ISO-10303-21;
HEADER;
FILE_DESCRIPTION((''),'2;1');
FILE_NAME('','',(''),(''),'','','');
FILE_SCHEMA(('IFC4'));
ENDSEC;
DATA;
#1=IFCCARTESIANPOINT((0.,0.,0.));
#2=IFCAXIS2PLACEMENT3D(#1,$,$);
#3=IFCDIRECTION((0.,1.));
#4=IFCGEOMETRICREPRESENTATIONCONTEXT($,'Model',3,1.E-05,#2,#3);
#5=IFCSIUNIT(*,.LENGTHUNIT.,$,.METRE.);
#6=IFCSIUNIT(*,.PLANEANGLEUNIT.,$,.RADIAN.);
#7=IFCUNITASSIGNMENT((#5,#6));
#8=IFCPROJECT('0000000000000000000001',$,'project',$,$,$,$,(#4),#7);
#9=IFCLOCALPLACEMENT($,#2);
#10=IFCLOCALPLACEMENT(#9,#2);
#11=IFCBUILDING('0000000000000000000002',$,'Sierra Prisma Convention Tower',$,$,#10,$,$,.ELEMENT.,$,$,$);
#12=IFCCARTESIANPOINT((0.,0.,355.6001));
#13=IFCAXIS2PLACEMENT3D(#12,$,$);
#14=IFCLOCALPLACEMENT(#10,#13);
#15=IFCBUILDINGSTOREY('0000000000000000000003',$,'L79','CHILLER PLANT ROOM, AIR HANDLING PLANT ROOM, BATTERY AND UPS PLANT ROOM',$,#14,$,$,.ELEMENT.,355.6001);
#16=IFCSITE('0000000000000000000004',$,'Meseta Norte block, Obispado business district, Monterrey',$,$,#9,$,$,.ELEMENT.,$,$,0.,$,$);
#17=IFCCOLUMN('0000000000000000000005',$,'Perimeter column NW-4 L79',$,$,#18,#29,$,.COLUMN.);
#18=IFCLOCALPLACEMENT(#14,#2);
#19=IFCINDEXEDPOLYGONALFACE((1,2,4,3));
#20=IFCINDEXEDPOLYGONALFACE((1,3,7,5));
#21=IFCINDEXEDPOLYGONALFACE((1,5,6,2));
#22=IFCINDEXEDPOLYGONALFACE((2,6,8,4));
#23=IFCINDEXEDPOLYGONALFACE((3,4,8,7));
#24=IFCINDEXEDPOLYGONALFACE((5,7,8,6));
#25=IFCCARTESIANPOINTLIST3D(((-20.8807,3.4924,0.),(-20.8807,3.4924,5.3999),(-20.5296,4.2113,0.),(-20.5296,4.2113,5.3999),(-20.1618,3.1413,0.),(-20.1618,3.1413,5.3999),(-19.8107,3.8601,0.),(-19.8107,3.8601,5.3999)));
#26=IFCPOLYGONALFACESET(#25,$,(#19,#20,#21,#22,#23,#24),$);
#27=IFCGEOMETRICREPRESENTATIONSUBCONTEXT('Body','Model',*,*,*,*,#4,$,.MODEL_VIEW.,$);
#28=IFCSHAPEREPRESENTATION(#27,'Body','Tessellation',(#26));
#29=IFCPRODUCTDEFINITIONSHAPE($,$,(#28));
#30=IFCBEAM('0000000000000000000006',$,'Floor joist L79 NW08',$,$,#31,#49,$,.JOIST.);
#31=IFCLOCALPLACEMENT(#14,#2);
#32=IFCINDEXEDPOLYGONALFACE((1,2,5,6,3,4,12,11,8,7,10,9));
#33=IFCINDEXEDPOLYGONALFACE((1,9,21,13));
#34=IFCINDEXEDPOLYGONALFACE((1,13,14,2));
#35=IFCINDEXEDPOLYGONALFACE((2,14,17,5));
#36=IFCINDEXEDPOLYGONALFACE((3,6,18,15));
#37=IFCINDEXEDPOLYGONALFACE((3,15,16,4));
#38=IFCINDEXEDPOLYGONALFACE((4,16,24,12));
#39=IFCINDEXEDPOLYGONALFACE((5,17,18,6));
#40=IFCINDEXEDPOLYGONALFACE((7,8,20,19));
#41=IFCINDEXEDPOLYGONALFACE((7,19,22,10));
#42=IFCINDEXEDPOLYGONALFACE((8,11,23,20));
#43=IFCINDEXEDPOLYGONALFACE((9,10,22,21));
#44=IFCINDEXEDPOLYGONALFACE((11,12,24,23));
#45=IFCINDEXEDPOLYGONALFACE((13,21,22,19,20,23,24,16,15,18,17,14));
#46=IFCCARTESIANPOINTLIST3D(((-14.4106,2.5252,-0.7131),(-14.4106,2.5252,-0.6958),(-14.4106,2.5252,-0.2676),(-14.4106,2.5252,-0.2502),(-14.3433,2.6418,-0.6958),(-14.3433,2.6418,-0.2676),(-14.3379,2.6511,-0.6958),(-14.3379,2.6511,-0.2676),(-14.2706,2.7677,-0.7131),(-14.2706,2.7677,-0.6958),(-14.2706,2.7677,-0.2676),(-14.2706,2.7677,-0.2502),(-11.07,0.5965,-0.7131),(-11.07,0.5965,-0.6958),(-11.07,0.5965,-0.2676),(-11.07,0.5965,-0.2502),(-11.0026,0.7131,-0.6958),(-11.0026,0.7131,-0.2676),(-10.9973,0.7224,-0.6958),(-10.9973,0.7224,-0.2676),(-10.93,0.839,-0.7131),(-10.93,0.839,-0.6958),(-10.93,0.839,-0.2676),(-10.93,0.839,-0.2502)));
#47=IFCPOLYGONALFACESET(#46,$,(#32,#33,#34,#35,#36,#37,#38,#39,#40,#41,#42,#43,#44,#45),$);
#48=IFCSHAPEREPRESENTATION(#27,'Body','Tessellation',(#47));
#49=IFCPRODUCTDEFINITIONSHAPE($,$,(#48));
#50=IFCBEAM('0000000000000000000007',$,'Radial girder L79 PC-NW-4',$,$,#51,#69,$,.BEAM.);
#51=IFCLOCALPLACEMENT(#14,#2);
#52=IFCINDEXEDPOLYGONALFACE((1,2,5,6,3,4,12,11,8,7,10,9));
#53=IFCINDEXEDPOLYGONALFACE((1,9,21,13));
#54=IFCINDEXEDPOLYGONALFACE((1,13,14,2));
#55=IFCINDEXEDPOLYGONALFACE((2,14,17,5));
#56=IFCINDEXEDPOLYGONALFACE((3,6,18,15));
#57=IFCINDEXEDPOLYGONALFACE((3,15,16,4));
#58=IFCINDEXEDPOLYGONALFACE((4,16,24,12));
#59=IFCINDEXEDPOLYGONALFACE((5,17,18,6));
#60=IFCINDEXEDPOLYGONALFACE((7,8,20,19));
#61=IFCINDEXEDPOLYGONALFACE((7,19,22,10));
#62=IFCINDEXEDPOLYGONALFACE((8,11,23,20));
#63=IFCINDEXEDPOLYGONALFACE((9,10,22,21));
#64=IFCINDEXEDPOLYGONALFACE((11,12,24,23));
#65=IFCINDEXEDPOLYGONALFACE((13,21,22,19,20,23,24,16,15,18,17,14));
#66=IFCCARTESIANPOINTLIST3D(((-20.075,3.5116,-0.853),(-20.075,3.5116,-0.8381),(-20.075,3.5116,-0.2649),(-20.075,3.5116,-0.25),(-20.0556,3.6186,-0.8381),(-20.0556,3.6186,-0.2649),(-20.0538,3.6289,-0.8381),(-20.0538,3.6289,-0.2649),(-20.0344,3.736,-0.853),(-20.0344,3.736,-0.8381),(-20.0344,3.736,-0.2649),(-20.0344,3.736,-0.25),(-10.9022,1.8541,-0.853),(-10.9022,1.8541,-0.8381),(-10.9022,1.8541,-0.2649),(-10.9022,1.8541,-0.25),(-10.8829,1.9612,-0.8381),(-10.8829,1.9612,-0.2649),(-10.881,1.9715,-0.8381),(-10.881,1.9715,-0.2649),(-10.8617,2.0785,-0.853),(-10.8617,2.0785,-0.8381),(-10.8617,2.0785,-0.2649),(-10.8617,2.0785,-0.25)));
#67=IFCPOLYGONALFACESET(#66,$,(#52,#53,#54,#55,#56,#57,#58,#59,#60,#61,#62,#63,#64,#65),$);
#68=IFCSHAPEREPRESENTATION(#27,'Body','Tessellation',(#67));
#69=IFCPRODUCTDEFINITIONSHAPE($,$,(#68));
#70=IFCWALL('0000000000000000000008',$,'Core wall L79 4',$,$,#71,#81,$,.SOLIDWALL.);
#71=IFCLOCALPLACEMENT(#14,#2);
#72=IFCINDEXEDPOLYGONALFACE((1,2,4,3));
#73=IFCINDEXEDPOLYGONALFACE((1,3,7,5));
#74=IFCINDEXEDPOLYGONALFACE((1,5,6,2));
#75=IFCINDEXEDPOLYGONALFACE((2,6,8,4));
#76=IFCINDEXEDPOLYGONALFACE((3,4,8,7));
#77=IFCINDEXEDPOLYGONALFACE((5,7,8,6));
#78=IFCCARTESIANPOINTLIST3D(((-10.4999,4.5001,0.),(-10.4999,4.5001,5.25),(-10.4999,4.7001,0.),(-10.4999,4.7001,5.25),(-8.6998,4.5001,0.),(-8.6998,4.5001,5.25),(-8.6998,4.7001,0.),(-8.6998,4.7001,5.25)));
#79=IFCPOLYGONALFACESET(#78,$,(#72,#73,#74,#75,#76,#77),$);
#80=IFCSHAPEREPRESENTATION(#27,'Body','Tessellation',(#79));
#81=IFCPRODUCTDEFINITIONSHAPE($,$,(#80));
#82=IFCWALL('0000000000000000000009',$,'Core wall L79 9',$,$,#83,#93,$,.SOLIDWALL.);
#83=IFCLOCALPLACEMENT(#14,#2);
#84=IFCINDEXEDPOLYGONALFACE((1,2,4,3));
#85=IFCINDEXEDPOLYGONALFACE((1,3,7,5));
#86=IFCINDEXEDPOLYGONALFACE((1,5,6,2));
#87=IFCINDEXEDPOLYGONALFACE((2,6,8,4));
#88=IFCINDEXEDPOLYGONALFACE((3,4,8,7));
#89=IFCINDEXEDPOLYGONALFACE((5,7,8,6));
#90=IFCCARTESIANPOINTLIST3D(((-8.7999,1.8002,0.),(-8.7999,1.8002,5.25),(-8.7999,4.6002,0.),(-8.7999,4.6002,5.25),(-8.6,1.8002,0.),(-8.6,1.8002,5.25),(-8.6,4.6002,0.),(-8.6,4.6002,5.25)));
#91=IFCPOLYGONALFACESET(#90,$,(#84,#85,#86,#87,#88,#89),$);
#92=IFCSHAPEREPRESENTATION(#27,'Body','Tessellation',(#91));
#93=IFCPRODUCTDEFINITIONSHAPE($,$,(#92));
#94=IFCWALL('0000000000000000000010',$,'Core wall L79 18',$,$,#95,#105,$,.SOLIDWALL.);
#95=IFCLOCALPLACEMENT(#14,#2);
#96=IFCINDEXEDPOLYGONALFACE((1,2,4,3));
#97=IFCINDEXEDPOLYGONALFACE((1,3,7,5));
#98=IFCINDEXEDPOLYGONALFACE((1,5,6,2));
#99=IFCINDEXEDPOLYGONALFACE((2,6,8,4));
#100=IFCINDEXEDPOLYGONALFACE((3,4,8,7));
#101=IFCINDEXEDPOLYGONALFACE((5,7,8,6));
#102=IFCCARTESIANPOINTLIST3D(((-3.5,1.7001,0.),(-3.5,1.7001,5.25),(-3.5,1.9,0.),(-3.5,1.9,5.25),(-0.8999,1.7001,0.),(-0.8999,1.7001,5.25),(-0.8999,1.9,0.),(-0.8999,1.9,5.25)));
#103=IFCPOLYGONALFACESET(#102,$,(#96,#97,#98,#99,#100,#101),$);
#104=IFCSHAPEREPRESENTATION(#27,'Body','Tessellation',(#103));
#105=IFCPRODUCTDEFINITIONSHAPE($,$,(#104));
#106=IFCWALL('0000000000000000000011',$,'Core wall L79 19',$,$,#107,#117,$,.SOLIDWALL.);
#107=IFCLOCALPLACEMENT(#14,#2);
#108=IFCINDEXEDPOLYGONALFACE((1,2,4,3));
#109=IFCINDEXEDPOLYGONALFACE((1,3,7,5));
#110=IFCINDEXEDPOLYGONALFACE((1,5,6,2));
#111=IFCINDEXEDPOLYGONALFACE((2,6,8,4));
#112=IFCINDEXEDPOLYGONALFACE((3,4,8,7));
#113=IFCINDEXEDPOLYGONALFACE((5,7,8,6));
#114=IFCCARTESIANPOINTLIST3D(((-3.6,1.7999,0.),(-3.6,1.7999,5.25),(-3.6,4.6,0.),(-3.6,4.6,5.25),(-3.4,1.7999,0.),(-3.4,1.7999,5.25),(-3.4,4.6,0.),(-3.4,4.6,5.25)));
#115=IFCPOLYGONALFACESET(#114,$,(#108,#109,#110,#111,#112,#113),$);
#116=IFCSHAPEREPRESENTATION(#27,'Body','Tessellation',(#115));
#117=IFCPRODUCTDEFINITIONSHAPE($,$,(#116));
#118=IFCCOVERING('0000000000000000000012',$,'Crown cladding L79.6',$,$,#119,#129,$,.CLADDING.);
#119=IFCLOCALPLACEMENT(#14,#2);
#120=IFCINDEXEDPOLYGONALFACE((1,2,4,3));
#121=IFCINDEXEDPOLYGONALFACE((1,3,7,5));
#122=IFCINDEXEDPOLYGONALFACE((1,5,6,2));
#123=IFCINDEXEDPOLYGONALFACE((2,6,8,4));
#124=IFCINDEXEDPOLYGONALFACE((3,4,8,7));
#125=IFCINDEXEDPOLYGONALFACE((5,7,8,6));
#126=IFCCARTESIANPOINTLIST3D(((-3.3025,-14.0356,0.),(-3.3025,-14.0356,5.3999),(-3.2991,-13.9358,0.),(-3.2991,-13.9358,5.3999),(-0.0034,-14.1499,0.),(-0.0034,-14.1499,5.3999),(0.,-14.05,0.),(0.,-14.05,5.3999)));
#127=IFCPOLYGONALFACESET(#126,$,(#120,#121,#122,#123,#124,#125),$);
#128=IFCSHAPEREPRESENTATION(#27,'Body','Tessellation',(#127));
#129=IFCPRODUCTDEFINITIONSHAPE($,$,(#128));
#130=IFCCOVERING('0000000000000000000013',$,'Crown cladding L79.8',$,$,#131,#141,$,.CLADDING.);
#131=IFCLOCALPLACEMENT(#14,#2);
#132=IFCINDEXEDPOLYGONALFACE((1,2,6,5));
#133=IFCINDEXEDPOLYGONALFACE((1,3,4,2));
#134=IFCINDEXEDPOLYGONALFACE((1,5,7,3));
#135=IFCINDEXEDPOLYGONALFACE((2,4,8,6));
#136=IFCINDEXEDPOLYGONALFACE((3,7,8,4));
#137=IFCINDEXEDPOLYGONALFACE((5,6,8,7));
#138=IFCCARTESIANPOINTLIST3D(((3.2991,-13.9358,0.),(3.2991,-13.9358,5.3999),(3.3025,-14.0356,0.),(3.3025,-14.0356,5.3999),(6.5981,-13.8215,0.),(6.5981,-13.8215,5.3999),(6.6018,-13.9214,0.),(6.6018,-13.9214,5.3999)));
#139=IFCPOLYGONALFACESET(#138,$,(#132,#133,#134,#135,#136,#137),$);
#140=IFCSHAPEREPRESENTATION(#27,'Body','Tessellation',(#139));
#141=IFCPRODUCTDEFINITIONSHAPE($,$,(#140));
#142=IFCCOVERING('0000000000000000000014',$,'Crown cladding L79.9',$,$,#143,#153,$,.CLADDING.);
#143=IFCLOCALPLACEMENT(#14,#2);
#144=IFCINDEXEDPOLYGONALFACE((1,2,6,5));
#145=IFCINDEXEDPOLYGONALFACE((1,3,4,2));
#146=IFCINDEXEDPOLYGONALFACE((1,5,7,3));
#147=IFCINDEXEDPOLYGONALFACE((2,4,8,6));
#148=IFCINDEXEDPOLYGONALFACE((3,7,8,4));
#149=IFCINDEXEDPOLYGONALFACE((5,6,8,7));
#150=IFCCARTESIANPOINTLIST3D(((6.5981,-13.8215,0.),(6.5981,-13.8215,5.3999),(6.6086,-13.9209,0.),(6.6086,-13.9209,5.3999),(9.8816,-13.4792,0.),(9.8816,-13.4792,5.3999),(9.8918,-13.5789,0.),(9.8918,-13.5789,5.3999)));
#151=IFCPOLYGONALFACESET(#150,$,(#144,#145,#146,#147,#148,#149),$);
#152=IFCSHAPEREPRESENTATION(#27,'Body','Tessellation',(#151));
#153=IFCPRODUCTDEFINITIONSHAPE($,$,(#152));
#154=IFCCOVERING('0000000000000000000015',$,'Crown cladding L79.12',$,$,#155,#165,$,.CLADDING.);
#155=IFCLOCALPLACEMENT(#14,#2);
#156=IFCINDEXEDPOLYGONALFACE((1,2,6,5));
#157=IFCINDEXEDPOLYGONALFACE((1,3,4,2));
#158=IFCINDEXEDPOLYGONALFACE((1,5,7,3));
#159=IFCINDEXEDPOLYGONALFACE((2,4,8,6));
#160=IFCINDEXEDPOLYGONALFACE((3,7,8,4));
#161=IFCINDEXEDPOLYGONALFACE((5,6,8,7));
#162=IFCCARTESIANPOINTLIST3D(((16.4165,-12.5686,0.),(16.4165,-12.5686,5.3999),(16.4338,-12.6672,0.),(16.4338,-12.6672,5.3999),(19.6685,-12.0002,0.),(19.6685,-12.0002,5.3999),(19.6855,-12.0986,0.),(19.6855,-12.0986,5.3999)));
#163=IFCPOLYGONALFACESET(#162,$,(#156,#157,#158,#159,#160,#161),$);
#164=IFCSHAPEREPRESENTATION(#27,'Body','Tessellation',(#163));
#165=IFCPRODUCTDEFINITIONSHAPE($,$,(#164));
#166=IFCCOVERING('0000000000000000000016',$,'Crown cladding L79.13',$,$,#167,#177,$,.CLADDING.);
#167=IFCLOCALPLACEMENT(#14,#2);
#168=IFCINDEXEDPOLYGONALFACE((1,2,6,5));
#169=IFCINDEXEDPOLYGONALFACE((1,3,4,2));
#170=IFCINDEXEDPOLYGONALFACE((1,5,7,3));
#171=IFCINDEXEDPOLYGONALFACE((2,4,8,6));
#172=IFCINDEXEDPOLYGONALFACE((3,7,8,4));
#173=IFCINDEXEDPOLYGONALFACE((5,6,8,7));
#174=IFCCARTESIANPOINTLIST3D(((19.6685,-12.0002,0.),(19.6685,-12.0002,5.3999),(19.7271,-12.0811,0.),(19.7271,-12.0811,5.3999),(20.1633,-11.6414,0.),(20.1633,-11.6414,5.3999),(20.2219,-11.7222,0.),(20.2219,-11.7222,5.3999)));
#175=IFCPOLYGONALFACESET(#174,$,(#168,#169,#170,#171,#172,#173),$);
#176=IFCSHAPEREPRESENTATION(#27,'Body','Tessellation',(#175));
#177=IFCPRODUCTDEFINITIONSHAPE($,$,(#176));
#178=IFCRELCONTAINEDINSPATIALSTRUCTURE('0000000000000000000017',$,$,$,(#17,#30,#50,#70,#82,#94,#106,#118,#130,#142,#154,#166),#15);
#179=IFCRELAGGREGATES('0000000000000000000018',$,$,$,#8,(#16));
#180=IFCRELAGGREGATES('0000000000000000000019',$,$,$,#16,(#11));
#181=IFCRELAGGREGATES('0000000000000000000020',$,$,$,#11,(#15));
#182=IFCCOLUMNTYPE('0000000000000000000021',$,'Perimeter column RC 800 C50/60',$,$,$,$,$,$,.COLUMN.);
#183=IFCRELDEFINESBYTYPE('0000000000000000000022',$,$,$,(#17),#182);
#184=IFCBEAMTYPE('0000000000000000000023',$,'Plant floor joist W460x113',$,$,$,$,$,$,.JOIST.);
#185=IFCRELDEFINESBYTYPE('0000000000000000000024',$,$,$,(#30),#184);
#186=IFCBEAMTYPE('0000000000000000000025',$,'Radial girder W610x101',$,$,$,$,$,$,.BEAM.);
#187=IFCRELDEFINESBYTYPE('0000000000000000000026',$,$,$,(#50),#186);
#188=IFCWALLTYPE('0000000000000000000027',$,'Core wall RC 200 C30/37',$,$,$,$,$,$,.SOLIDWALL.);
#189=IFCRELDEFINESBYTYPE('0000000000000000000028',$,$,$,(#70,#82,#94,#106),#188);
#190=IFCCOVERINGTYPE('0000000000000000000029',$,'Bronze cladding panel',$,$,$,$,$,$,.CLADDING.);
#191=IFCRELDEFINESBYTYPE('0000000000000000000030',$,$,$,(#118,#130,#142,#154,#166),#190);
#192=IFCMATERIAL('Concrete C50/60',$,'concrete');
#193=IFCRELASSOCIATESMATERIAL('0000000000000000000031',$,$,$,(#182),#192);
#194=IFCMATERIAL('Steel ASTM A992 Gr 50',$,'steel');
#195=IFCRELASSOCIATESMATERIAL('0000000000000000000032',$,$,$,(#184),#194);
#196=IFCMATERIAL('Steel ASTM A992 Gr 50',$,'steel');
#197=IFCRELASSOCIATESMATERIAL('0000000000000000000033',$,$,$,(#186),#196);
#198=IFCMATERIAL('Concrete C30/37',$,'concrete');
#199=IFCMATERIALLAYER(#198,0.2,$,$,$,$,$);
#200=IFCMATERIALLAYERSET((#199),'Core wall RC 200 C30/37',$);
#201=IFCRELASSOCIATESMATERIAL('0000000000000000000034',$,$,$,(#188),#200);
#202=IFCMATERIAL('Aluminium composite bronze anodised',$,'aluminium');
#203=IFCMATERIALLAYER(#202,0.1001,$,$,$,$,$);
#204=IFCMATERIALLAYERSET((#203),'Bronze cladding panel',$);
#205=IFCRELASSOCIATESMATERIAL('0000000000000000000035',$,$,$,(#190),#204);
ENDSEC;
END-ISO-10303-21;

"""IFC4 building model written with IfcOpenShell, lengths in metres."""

from ifc_helpers import new_model, si_unit, direction, frame, frame_2d, origin, origin_2d, place, context, subcontext, project, spatial, polyline, rectangle, i_section, outline, extrude, material, layer, layer_set, material_profile, profile_set, type_object, element, save


model = new_model("IFC4")

# Units and contexts
model_context = context("Model", 3, precision=1e-05, world=origin(), true_north=direction((0.0, 1.0)))
body_context = subcontext(model_context, "Body", "Model", "MODEL_VIEW")
ifc_project = project(units=[si_unit("LENGTHUNIT", "METRE"), si_unit("PLANEANGLEUNIT", "RADIAN")], contexts=[model_context])

# Site, building, storey
site_placement = place(None, origin())
site = spatial("IfcSite", under=ifc_project, at=site_placement, Name="Meseta Norte block, Obispado business district, Monterrey", CompositionType="ELEMENT", RefElevation=0.0)
building_placement = place(site_placement, origin())
building = spatial("IfcBuilding", under=site, at=building_placement, Name="Sierra Prisma Convention Tower", CompositionType="ELEMENT")
storey_placement = place(building_placement, frame((0.0, 0.0, 355.6001)))
storey = spatial("IfcBuildingStorey", under=building, at=storey_placement, Name="L79", Description="CHILLER PLANT ROOM, AIR HANDLING PLANT ROOM, BATTERY AND UPS PLANT ROOM", CompositionType="ELEMENT", Elevation=355.6001)

# Column
ifc_material_1 = material(Name="Concrete C50/60", Category="concrete")
ifc_material_profile_1 = material_profile(ifc_material_1, rectangle(XDim=0.8, YDim=0.8, at=origin_2d()), Name="Perimeter column RC 800 C50/60")
ifc_profile_set_1 = profile_set([ifc_material_profile_1], Name="Concrete C50/60")
column_type = type_object("IfcColumnType", Name="Perimeter column RC 800 C50/60", PredefinedType="COLUMN", material=ifc_profile_set_1)
column_placement = place(storey_placement, frame((-20.3457, 3.6763, 0.0), z_axis=(0.0, 0.0, 1.0), x_axis=(0.438895, 0.898538, 0.0)))
element("IfcColumn", 1, at=column_placement, inside=storey, type_object=column_type, Name="Perimeter column NW-4 L79", PredefinedType="COLUMN", context=body_context, shape_type="SweptSolid", body=[
    extrude(rectangle(XDim=0.8, YDim=0.8, at=origin_2d()), origin(), (0.0, 0.0, 1.0), 5.3999),
])

# Beams
ifc_material_2 = material(Name="Steel ASTM A992 Gr 50", Category="steel")
ifc_material_profile_2 = material_profile(ifc_material_2, i_section(OverallWidth=0.28, OverallDepth=0.4629, WebThickness=0.0107, FlangeThickness=0.0173, at=origin_2d()), Name="W460x113")
ifc_profile_set_2 = profile_set([ifc_material_profile_2], Name="Steel ASTM A992 Gr 50")
beam_type_1 = type_object("IfcBeamType", Name="Plant floor joist W460x113", PredefinedType="JOIST", material=ifc_profile_set_2)
beam_1_placement = place(storey_placement, frame((-14.3406, 2.6465, -0.4817), z_axis=(0.866022, -0.500006, 0.0), x_axis=(0.500006, 0.866022, 0.0)))
element("IfcBeam", 2, at=beam_1_placement, inside=storey, type_object=beam_type_1, Name="Floor joist L79 NW08", PredefinedType="JOIST", context=body_context, shape_type="SweptSolid", body=[
    extrude(i_section(OverallWidth=0.28, OverallDepth=0.4629, WebThickness=0.0107, FlangeThickness=0.0173, at=origin_2d()), origin(), (0.0, 0.0, 1.0), 3.8574),
])
ifc_material_3 = material(Name="Steel ASTM A992 Gr 50", Category="steel")
ifc_material_profile_3 = material_profile(ifc_material_3, i_section(OverallWidth=0.228, OverallDepth=0.603, WebThickness=0.0105, FlangeThickness=0.0149, at=origin_2d()), Name="W610x101")
ifc_profile_set_3 = profile_set([ifc_material_profile_3], Name="Steel ASTM A992 Gr 50")
beam_type_2 = type_object("IfcBeamType", Name="Radial girder W610x101", PredefinedType="BEAM", material=ifc_profile_set_3)
beam_2_placement = place(storey_placement, frame((-20.0547, 3.6238, -0.5515), z_axis=(0.984064, -0.177814, 0.0), x_axis=(0.177814, 0.984064, 0.0)))
element("IfcBeam", 3, at=beam_2_placement, inside=storey, type_object=beam_type_2, Name="Radial girder L79 PC-NW-4", PredefinedType="BEAM", context=body_context, shape_type="SweptSolid", body=[
    extrude(i_section(OverallWidth=0.228, OverallDepth=0.603, WebThickness=0.0105, FlangeThickness=0.0149, at=origin_2d()), origin(), (0.0, 0.0, 1.0), 9.3213),
])

# Shared definitions
ifc_material_4 = material(Name="Concrete C30/37", Category="concrete")
ifc_layer_1 = layer(ifc_material_4, 0.2)
ifc_layer_set_1 = layer_set([ifc_layer_1], Name="Core wall RC 200 C30/37")
wall_type = type_object("IfcWallType", Name="Core wall RC 200 C30/37", PredefinedType="SOLIDWALL", material=ifc_layer_set_1)

# Wall
wall_1_placement = place(storey_placement, frame((-8.7, 4.6001, 0.0), z_axis=(0.0, 0.0, 1.0), x_axis=(-1.0, 0.0, 0.0)))
element("IfcWall", 4, at=wall_1_placement, inside=storey, type_object=wall_type, Name="Core wall L79 4", PredefinedType="SOLIDWALL", context=body_context, shape_type="SweptSolid", body=[
    extrude(rectangle(XDim=1.8, YDim=0.2, at=frame_2d((0.8999, 0.0))), origin(), (0.0, 0.0, 1.0), 5.25),
])

# Walls
wall_2_placement = place(storey_placement, frame((-8.7, 4.6001, 0.0), z_axis=(0.0, 0.0, 1.0), x_axis=(0.0, -1.0, 0.0)))
element("IfcWall", 5, at=wall_2_placement, inside=storey, type_object=wall_type, Name="Core wall L79 9", PredefinedType="SOLIDWALL", context=body_context, shape_type="SweptSolid", body=[
    extrude(rectangle(XDim=2.8, YDim=0.2, at=frame_2d((1.3999, 0.0))), origin(), (0.0, 0.0, 1.0), 5.25),
])
wall_3_placement = place(storey_placement, frame((-0.8999, 1.8, 0.0), z_axis=(0.0, 0.0, 1.0), x_axis=(-1.0, 0.0, 0.0)))
element("IfcWall", 6, at=wall_3_placement, inside=storey, type_object=wall_type, Name="Core wall L79 18", PredefinedType="SOLIDWALL", context=body_context, shape_type="SweptSolid", body=[
    extrude(rectangle(XDim=2.6001, YDim=0.2, at=frame_2d((1.3, 0.0))), origin(), (0.0, 0.0, 1.0), 5.25),
])
wall_4_placement = place(storey_placement, frame((-3.5, 1.8, 0.0), z_axis=(0.0, 0.0, 1.0), x_axis=(0.0, 1.0, 0.0)))
element("IfcWall", 7, at=wall_4_placement, inside=storey, type_object=wall_type, Name="Core wall L79 19", PredefinedType="SOLIDWALL", context=body_context, shape_type="SweptSolid", body=[
    extrude(rectangle(XDim=2.8, YDim=0.2, at=frame_2d((1.3999, 0.0))), origin(), (0.0, 0.0, 1.0), 5.25),
])

# Coverings
ifc_material_5 = material(Name="Aluminium composite bronze anodised", Category="aluminium")
ifc_layer_2 = layer(ifc_material_5, 0.1001)
ifc_layer_set_2 = layer_set([ifc_layer_2], Name="Bronze cladding panel")
covering_type = type_object("IfcCoveringType", Name="Bronze cladding panel", PredefinedType="CLADDING", material=ifc_layer_set_2)
covering_1_placement = place(storey_placement, origin())
element("IfcCovering", 8, at=covering_1_placement, inside=storey, type_object=covering_type, Name="Crown cladding L79.6", PredefinedType="CLADDING", context=body_context, shape_type="SweptSolid", body=[
    extrude(outline(polyline([(-3.2991, -13.9358), (0.0, -14.05), (-0.0034, -14.1499), (-3.3025, -14.0356), (-3.2991, -13.9358)])), origin(), (0.0, 0.0, 1.0), 5.3999),
])
covering_2_placement = place(storey_placement, origin())
element("IfcCovering", 9, at=covering_2_placement, inside=storey, type_object=covering_type, Name="Crown cladding L79.8", PredefinedType="CLADDING", context=body_context, shape_type="SweptSolid", body=[
    extrude(outline(polyline([(3.2991, -13.9358), (6.5981, -13.8215), (6.6018, -13.9214), (3.3025, -14.0356), (3.2991, -13.9358)])), origin(), (0.0, 0.0, 1.0), 5.3999),
])
covering_3_placement = place(storey_placement, origin())
element("IfcCovering", 10, at=covering_3_placement, inside=storey, type_object=covering_type, Name="Crown cladding L79.9", PredefinedType="CLADDING", context=body_context, shape_type="SweptSolid", body=[
    extrude(outline(polyline([(6.5981, -13.8215), (9.8816, -13.4792), (9.8918, -13.5789), (6.6086, -13.9209), (6.5981, -13.8215)])), origin(), (0.0, 0.0, 1.0), 5.3999),
])
covering_4_placement = place(storey_placement, origin())
element("IfcCovering", 11, at=covering_4_placement, inside=storey, type_object=covering_type, Name="Crown cladding L79.12", PredefinedType="CLADDING", context=body_context, shape_type="SweptSolid", body=[
    extrude(outline(polyline([(16.4165, -12.5686), (19.6685, -12.0002), (19.6855, -12.0986), (16.4338, -12.6672), (16.4165, -12.5686)])), origin(), (0.0, 0.0, 1.0), 5.3999),
])
covering_5_placement = place(storey_placement, origin())
element("IfcCovering", 12, at=covering_5_placement, inside=storey, type_object=covering_type, Name="Crown cladding L79.13", PredefinedType="CLADDING", context=body_context, shape_type="SweptSolid", body=[
    extrude(outline(polyline([(19.6685, -12.0002), (20.1633, -11.6414), (20.2219, -11.7222), (19.7271, -12.0811), (19.6685, -12.0002)])), origin(), (0.0, 0.0, 1.0), 5.3999),
])

save(model, "model.ifc")
